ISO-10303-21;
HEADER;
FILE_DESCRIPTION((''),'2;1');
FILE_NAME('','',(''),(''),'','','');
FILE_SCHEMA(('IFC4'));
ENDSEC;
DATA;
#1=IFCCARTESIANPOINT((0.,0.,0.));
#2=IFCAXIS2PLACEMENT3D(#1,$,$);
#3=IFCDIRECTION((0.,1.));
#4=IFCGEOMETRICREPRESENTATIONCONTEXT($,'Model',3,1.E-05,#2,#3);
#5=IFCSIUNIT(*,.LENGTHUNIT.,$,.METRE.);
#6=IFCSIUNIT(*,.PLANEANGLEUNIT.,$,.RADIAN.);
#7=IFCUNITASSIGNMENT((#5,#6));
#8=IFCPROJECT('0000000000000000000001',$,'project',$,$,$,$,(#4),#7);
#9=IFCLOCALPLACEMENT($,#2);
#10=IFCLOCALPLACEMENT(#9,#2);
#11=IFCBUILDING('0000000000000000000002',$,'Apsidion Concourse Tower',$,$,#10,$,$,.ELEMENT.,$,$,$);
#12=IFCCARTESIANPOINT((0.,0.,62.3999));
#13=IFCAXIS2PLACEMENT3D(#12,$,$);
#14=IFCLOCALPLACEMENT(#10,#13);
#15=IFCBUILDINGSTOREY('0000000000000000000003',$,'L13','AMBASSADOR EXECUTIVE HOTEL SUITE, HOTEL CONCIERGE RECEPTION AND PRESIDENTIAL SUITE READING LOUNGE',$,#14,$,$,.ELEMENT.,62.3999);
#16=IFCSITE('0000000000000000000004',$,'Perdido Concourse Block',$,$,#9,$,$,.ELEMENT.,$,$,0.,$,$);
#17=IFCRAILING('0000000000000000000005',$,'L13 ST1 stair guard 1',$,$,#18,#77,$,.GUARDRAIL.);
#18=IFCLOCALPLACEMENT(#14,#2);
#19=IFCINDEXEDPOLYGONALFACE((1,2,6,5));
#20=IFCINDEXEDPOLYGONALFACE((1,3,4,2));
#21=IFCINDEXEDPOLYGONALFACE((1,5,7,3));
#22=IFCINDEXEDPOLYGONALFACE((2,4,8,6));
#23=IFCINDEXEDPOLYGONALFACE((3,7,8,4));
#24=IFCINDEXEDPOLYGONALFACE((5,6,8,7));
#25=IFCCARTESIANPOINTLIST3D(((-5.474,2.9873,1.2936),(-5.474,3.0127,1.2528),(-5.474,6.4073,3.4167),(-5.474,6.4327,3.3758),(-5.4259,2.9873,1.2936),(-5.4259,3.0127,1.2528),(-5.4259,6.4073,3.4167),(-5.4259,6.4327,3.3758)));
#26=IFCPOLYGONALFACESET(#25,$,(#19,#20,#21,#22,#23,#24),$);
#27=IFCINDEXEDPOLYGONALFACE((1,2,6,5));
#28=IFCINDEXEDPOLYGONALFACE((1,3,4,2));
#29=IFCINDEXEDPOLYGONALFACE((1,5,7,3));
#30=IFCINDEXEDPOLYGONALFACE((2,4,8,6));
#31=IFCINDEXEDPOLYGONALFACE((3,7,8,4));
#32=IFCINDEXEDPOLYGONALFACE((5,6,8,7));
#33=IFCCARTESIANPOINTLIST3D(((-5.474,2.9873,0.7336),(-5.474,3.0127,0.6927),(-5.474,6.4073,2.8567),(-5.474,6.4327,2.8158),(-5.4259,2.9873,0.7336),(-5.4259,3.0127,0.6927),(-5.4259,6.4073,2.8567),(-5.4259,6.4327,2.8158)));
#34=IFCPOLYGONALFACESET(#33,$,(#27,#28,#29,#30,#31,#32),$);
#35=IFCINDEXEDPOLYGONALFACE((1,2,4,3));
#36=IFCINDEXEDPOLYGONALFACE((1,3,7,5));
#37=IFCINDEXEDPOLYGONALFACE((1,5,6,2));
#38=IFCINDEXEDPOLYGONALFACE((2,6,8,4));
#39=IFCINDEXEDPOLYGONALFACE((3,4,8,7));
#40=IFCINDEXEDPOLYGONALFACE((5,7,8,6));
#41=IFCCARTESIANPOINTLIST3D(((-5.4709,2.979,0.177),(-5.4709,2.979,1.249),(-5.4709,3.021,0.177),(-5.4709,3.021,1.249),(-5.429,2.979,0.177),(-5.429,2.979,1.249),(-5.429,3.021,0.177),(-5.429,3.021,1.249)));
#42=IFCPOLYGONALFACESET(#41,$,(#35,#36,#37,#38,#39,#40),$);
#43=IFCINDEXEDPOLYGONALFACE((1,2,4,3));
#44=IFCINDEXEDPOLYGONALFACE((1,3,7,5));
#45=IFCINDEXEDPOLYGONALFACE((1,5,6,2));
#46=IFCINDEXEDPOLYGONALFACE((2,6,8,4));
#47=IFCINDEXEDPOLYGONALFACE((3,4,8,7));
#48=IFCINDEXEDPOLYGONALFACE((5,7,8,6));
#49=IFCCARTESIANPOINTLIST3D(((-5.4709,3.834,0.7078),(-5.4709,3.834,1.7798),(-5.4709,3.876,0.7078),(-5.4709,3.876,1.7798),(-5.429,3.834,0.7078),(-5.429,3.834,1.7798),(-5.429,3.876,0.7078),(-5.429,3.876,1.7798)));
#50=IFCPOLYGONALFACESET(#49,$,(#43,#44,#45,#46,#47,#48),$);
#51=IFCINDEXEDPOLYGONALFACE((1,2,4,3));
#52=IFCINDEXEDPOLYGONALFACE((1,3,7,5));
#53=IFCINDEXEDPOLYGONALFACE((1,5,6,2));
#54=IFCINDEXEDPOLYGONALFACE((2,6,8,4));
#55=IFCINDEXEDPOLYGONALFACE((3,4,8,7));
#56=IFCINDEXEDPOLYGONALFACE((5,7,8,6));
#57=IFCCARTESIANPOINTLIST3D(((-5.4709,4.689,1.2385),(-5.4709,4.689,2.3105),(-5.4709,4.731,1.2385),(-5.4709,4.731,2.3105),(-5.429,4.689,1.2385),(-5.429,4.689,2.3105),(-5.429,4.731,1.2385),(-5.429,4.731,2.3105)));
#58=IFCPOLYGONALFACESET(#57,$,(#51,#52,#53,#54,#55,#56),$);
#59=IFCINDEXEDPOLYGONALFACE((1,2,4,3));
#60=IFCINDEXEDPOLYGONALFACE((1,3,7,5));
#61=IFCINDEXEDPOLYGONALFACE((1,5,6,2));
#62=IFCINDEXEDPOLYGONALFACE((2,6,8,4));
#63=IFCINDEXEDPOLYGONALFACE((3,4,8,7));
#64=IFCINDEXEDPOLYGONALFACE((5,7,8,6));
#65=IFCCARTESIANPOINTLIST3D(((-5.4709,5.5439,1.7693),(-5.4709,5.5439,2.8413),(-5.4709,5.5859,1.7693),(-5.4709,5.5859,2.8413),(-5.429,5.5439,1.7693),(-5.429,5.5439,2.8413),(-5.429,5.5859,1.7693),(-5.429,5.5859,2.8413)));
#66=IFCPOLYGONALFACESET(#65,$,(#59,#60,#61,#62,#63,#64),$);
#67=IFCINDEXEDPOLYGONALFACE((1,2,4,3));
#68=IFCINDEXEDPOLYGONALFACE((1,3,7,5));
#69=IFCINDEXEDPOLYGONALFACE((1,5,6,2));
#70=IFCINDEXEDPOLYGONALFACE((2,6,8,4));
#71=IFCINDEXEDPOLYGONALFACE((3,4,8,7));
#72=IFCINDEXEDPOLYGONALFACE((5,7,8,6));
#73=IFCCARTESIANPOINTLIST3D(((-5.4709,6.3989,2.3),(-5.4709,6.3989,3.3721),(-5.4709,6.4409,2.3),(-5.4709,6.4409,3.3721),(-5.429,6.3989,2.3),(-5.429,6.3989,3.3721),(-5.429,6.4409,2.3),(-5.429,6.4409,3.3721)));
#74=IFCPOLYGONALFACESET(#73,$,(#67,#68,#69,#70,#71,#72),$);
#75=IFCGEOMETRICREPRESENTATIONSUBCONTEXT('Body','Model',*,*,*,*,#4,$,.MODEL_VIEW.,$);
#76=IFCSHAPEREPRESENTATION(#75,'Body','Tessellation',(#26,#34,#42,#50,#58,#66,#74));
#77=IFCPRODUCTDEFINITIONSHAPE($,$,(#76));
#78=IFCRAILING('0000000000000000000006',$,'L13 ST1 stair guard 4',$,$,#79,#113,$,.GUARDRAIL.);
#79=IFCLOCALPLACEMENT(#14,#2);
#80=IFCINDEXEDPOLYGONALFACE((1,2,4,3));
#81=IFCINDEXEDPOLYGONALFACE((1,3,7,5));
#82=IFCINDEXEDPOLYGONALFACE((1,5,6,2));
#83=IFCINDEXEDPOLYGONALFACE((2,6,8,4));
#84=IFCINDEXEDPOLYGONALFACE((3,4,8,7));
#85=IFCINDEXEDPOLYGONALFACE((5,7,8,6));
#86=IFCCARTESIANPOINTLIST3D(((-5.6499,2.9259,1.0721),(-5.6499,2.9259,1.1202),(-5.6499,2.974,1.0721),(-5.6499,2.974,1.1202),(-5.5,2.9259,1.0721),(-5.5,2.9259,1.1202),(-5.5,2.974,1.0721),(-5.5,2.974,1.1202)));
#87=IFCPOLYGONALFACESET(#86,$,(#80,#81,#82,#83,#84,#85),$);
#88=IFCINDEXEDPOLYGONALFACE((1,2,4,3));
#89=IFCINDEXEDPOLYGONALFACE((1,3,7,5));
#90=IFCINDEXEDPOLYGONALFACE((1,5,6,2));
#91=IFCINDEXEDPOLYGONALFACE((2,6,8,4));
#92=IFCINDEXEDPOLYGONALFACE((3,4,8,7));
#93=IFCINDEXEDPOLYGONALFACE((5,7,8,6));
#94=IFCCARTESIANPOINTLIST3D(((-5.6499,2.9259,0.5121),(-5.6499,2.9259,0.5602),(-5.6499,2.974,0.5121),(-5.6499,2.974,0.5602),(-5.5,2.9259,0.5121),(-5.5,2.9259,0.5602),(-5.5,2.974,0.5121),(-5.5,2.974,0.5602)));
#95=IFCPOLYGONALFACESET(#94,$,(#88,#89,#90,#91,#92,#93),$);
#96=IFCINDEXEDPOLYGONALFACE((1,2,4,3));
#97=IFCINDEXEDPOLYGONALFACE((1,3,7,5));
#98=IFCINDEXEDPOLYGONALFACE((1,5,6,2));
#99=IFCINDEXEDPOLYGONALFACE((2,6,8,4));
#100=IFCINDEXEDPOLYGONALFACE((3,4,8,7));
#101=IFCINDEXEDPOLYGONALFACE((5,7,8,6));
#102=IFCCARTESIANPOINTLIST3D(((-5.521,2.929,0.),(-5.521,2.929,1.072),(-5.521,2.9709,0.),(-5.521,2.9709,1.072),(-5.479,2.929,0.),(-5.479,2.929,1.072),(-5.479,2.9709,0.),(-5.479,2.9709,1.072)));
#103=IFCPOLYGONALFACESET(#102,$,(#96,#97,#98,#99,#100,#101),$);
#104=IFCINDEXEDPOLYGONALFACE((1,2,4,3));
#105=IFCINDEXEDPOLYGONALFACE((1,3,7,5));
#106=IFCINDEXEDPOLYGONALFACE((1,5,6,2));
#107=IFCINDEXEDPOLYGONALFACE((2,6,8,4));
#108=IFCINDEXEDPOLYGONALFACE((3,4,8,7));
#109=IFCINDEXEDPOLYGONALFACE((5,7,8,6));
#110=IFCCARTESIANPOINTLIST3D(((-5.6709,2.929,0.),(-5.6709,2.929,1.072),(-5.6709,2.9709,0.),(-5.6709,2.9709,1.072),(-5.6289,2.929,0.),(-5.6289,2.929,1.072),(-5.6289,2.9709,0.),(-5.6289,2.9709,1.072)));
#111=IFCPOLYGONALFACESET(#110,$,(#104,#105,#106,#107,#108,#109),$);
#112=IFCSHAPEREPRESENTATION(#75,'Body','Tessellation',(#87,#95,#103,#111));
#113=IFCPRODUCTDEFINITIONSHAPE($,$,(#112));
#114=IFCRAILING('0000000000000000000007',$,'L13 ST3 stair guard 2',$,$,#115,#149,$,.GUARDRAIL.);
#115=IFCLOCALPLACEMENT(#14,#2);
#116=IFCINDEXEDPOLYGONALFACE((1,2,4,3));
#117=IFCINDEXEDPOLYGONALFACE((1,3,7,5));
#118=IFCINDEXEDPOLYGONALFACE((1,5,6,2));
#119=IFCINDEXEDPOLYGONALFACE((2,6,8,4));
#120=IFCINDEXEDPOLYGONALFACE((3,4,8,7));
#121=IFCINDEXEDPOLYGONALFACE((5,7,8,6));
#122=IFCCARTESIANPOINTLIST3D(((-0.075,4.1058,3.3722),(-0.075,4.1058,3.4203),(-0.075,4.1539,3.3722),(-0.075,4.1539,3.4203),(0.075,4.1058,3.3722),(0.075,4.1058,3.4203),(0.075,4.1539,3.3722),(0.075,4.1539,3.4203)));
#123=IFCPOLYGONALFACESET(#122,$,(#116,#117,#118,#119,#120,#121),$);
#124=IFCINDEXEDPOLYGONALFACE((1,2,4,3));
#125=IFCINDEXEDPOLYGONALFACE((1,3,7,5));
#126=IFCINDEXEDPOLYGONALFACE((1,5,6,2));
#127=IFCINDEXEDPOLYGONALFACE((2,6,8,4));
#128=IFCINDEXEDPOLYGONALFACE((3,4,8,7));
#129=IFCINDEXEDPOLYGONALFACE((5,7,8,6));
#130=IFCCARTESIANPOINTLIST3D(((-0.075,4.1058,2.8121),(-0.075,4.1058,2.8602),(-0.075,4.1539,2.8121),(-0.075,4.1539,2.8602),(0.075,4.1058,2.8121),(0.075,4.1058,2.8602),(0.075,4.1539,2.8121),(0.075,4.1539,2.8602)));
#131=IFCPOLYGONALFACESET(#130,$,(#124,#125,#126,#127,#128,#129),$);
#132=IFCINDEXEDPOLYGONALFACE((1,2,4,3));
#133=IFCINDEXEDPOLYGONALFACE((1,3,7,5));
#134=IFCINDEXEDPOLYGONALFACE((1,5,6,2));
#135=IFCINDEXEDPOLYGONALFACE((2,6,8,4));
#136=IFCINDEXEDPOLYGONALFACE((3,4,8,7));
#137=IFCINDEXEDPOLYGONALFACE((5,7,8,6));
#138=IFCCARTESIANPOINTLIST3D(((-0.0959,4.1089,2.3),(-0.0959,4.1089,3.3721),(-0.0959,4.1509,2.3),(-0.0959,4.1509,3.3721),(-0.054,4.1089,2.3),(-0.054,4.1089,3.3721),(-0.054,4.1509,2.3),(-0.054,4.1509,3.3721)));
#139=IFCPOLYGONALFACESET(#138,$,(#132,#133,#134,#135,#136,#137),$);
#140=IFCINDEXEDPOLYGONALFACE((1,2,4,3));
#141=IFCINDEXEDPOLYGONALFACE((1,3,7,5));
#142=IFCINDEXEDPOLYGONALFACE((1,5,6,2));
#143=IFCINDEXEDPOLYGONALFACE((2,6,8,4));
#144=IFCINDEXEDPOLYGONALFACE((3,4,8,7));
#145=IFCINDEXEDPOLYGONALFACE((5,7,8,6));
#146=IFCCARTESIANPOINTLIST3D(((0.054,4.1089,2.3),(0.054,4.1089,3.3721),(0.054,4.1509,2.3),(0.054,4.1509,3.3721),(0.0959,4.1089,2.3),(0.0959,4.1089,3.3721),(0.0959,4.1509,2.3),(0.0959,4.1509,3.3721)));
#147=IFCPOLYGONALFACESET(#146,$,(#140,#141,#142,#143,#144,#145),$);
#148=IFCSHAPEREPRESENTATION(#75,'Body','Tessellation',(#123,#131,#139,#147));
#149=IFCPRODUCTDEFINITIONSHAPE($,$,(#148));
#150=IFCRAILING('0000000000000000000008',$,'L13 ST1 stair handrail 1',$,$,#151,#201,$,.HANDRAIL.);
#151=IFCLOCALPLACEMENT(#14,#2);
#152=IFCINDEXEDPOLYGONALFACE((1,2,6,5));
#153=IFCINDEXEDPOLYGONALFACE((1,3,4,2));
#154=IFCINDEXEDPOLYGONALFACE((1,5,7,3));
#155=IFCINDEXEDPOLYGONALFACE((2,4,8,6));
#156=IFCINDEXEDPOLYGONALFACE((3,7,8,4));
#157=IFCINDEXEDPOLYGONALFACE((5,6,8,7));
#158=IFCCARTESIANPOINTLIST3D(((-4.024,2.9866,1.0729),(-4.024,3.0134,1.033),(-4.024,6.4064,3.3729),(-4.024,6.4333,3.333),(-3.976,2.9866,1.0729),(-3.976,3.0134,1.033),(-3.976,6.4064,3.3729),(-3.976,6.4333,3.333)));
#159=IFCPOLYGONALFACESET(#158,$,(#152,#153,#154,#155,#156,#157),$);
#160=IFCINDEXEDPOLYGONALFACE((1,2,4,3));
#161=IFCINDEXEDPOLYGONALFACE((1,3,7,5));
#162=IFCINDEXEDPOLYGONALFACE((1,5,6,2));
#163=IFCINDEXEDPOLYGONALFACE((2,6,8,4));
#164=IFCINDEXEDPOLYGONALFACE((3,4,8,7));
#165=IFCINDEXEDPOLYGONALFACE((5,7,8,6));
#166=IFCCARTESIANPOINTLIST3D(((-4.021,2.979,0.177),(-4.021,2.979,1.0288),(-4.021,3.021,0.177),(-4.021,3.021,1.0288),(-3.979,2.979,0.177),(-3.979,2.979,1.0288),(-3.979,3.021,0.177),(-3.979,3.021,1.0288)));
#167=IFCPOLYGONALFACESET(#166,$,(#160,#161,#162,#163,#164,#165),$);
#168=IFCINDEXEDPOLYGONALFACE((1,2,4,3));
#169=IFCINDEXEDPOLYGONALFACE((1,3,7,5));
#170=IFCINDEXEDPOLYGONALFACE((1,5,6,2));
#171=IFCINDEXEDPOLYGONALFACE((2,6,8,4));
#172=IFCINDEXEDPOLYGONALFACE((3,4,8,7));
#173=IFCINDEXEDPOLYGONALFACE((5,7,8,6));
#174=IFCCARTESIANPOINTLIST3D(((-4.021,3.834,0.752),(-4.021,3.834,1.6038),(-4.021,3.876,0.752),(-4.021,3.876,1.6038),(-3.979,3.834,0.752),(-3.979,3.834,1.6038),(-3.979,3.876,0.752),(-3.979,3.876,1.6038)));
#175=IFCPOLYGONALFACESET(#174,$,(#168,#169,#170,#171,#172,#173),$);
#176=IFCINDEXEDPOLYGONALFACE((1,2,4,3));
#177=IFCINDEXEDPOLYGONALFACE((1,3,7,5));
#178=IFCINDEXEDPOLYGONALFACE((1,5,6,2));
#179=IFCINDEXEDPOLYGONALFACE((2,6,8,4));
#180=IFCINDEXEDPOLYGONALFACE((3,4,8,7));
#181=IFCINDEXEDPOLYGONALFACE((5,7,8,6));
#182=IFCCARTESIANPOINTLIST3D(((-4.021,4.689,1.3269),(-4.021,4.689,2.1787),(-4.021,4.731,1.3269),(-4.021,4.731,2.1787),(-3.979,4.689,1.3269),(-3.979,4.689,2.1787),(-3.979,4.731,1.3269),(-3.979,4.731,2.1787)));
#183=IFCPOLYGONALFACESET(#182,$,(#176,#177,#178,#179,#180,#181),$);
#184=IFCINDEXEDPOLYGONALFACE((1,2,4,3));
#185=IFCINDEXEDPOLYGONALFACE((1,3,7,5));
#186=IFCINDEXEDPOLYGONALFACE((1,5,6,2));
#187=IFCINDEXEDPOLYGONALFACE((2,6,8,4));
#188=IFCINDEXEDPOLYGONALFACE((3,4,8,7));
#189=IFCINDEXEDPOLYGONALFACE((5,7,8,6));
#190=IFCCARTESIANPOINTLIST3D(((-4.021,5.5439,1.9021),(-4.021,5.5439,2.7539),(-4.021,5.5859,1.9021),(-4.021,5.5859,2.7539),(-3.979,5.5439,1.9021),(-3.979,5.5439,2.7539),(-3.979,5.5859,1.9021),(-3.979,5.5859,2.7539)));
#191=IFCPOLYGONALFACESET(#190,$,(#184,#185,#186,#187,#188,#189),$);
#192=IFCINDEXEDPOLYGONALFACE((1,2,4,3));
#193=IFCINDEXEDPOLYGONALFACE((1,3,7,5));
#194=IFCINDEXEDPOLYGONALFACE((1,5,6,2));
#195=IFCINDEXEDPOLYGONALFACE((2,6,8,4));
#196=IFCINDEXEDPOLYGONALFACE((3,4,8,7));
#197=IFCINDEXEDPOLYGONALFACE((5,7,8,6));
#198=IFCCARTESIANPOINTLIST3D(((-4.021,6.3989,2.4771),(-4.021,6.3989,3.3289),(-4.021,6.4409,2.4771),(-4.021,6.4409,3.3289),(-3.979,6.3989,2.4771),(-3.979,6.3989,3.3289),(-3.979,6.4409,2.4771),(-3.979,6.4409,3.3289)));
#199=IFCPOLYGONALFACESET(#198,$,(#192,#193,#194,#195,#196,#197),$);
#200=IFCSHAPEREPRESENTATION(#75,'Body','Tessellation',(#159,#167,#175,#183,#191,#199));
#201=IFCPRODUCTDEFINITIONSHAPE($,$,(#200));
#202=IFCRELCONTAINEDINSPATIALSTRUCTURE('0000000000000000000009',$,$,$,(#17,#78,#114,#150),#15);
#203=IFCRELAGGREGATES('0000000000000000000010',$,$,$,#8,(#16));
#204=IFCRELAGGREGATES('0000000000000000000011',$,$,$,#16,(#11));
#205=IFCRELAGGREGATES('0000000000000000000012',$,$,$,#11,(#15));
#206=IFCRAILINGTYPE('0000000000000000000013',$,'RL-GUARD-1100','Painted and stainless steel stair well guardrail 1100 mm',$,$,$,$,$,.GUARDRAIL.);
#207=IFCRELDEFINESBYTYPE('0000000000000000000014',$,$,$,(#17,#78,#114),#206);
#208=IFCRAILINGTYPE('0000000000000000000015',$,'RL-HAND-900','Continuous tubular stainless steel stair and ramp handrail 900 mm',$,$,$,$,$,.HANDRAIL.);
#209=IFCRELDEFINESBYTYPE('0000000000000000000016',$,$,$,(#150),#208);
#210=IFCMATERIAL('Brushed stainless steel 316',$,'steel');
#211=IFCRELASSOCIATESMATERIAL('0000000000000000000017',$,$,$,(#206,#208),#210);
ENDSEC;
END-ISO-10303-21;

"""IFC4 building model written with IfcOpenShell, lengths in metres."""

from ifc_helpers import new_model, si_unit, direction, frame, origin, origin_2d, place, context, subcontext, project, spatial, rectangle, extrude, material, type_object, element, save


model = new_model("IFC4")

# Units and contexts
model_context = context("Model", 3, precision=1e-05, world=origin(), true_north=direction((0.0, 1.0)))
body_context = subcontext(model_context, "Body", "Model", "MODEL_VIEW")
ifc_project = project(units=[si_unit("LENGTHUNIT", "METRE"), si_unit("PLANEANGLEUNIT", "RADIAN")], contexts=[model_context])

# Site, building, storey
site_placement = place(None, origin())
site = spatial("IfcSite", under=ifc_project, at=site_placement, Name="Perdido Concourse Block", CompositionType="ELEMENT", RefElevation=0.0)
building_placement = place(site_placement, origin())
building = spatial("IfcBuilding", under=site, at=building_placement, Name="Apsidion Concourse Tower", CompositionType="ELEMENT")
storey_placement = place(building_placement, frame((0.0, 0.0, 62.3999)))
storey = spatial("IfcBuildingStorey", under=building, at=storey_placement, Name="L13", Description="AMBASSADOR EXECUTIVE HOTEL SUITE, HOTEL CONCIERGE RECEPTION AND PRESIDENTIAL SUITE READING LOUNGE", CompositionType="ELEMENT", Elevation=62.3999)

# Shared definitions
ifc_material_1 = material(Name="Brushed stainless steel 316", Category="steel")

# Railings
railing_type_1 = type_object("IfcRailingType", Name="RL-GUARD-1100", Description="Painted and stainless steel stair well guardrail 1100 mm", PredefinedType="GUARDRAIL", material=ifc_material_1)
railing_1_placement = place(storey_placement, frame((-5.45, 3.0, 0.177)))
element("IfcRailing", 1, at=railing_1_placement, inside=storey, type_object=railing_type_1, Name="L13 ST1 stair guard 1", PredefinedType="GUARDRAIL", context=body_context, shape_type="SweptSolid", body=[
    extrude(rectangle(XDim=0.0481, YDim=0.0481, at=origin_2d()), frame((0.0, 0.0, 1.0962), z_axis=(0.0, 0.849603, 0.527423), x_axis=(-1.0, 0.0, 0.0)), (0.0, 0.0, 1.0), 4.0254),
    extrude(rectangle(XDim=0.0481, YDim=0.0481, at=origin_2d()), frame((0.0, 0.0, 0.5361), z_axis=(0.0, 0.849603, 0.527423), x_axis=(-1.0, 0.0, 0.0)), (0.0, 0.0, 1.0), 4.0254),
    extrude(rectangle(XDim=0.042, YDim=0.042, at=origin_2d()), origin(), (0.0, 0.0, 1.0), 1.072),
    extrude(rectangle(XDim=0.042, YDim=0.042, at=origin_2d()), frame((0.0, 0.855, 0.5308)), (0.0, 0.0, 1.0), 1.072),
    extrude(rectangle(XDim=0.042, YDim=0.042, at=origin_2d()), frame((0.0, 1.71, 1.0615)), (0.0, 0.0, 1.0), 1.072),
    extrude(rectangle(XDim=0.042, YDim=0.042, at=origin_2d()), frame((0.0, 2.5649, 1.5923)), (0.0, 0.0, 1.0), 1.072),
    extrude(rectangle(XDim=0.042, YDim=0.042, at=origin_2d()), frame((0.0, 3.4199, 2.123)), (0.0, 0.0, 1.0), 1.072),
])
railing_2_placement = place(storey_placement, frame((-5.5, 2.95, 0.0)))
element("IfcRailing", 2, at=railing_2_placement, inside=storey, type_object=railing_type_1, Name="L13 ST1 stair guard 4", PredefinedType="GUARDRAIL", context=body_context, shape_type="SweptSolid", body=[
    extrude(rectangle(XDim=0.0481, YDim=0.0481, at=origin_2d()), frame((0.0, 0.0, 1.0962), z_axis=(-1.0, 0.0, 0.0), x_axis=(0.0, -1.0, 0.0)), (0.0, 0.0, 1.0), 0.1499),
    extrude(rectangle(XDim=0.0481, YDim=0.0481, at=origin_2d()), frame((0.0, 0.0, 0.5361), z_axis=(-1.0, 0.0, 0.0), x_axis=(0.0, -1.0, 0.0)), (0.0, 0.0, 1.0), 0.1499),
    extrude(rectangle(XDim=0.042, YDim=0.042, at=origin_2d()), origin(), (0.0, 0.0, 1.0), 1.072),
    extrude(rectangle(XDim=0.042, YDim=0.042, at=origin_2d()), frame((-0.1499, 0.0, 0.0)), (0.0, 0.0, 1.0), 1.072),
])
railing_3_placement = place(storey_placement, frame((-0.075, 4.1299, 2.3)))
element("IfcRailing", 3, at=railing_3_placement, inside=storey, type_object=railing_type_1, Name="L13 ST3 stair guard 2", PredefinedType="GUARDRAIL", context=body_context, shape_type="SweptSolid", body=[
    extrude(rectangle(XDim=0.0481, YDim=0.0481, at=origin_2d()), frame((0.0, 0.0, 1.0962), z_axis=(1.0, 0.0, 0.0), x_axis=(0.0, 1.0, 0.0)), (0.0, 0.0, 1.0), 0.1499),
    extrude(rectangle(XDim=0.0481, YDim=0.0481, at=origin_2d()), frame((0.0, 0.0, 0.5361), z_axis=(1.0, 0.0, 0.0), x_axis=(0.0, 1.0, 0.0)), (0.0, 0.0, 1.0), 0.1499),
    extrude(rectangle(XDim=0.042, YDim=0.042, at=origin_2d()), origin(), (0.0, 0.0, 1.0), 1.072),
    extrude(rectangle(XDim=0.042, YDim=0.042, at=origin_2d()), frame((0.1499, 0.0, 0.0)), (0.0, 0.0, 1.0), 1.072),
])
railing_type_2 = type_object("IfcRailingType", Name="RL-HAND-900", Description="Continuous tubular stainless steel stair and ramp handrail 900 mm", PredefinedType="HANDRAIL", material=ifc_material_1)
railing_4_placement = place(storey_placement, frame((-4.0, 3.0, 0.177)))
element("IfcRailing", 4, at=railing_4_placement, inside=storey, type_object=railing_type_2, Name="L13 ST1 stair handrail 1", PredefinedType="HANDRAIL", context=body_context, shape_type="SweptSolid", body=[
    extrude(rectangle(XDim=0.0481, YDim=0.0481, at=origin_2d()), frame((0.0, 0.0, 0.876), z_axis=(0.0, 0.829792, 0.558072), x_axis=(-1.0, 0.0, 0.0)), (0.0, 0.0, 1.0), 4.1213),
    extrude(rectangle(XDim=0.042, YDim=0.042, at=origin_2d()), origin(), (0.0, 0.0, 1.0), 0.8518),
    extrude(rectangle(XDim=0.042, YDim=0.042, at=origin_2d()), frame((0.0, 0.855, 0.575)), (0.0, 0.0, 1.0), 0.8518),
    extrude(rectangle(XDim=0.042, YDim=0.042, at=origin_2d()), frame((0.0, 1.71, 1.1499)), (0.0, 0.0, 1.0), 0.8518),
    extrude(rectangle(XDim=0.042, YDim=0.042, at=origin_2d()), frame((0.0, 2.5649, 1.7251)), (0.0, 0.0, 1.0), 0.8518),
    extrude(rectangle(XDim=0.042, YDim=0.042, at=origin_2d()), frame((0.0, 3.4199, 2.3)), (0.0, 0.0, 1.0), 0.8518),
])

save(model, "model.ifc")
